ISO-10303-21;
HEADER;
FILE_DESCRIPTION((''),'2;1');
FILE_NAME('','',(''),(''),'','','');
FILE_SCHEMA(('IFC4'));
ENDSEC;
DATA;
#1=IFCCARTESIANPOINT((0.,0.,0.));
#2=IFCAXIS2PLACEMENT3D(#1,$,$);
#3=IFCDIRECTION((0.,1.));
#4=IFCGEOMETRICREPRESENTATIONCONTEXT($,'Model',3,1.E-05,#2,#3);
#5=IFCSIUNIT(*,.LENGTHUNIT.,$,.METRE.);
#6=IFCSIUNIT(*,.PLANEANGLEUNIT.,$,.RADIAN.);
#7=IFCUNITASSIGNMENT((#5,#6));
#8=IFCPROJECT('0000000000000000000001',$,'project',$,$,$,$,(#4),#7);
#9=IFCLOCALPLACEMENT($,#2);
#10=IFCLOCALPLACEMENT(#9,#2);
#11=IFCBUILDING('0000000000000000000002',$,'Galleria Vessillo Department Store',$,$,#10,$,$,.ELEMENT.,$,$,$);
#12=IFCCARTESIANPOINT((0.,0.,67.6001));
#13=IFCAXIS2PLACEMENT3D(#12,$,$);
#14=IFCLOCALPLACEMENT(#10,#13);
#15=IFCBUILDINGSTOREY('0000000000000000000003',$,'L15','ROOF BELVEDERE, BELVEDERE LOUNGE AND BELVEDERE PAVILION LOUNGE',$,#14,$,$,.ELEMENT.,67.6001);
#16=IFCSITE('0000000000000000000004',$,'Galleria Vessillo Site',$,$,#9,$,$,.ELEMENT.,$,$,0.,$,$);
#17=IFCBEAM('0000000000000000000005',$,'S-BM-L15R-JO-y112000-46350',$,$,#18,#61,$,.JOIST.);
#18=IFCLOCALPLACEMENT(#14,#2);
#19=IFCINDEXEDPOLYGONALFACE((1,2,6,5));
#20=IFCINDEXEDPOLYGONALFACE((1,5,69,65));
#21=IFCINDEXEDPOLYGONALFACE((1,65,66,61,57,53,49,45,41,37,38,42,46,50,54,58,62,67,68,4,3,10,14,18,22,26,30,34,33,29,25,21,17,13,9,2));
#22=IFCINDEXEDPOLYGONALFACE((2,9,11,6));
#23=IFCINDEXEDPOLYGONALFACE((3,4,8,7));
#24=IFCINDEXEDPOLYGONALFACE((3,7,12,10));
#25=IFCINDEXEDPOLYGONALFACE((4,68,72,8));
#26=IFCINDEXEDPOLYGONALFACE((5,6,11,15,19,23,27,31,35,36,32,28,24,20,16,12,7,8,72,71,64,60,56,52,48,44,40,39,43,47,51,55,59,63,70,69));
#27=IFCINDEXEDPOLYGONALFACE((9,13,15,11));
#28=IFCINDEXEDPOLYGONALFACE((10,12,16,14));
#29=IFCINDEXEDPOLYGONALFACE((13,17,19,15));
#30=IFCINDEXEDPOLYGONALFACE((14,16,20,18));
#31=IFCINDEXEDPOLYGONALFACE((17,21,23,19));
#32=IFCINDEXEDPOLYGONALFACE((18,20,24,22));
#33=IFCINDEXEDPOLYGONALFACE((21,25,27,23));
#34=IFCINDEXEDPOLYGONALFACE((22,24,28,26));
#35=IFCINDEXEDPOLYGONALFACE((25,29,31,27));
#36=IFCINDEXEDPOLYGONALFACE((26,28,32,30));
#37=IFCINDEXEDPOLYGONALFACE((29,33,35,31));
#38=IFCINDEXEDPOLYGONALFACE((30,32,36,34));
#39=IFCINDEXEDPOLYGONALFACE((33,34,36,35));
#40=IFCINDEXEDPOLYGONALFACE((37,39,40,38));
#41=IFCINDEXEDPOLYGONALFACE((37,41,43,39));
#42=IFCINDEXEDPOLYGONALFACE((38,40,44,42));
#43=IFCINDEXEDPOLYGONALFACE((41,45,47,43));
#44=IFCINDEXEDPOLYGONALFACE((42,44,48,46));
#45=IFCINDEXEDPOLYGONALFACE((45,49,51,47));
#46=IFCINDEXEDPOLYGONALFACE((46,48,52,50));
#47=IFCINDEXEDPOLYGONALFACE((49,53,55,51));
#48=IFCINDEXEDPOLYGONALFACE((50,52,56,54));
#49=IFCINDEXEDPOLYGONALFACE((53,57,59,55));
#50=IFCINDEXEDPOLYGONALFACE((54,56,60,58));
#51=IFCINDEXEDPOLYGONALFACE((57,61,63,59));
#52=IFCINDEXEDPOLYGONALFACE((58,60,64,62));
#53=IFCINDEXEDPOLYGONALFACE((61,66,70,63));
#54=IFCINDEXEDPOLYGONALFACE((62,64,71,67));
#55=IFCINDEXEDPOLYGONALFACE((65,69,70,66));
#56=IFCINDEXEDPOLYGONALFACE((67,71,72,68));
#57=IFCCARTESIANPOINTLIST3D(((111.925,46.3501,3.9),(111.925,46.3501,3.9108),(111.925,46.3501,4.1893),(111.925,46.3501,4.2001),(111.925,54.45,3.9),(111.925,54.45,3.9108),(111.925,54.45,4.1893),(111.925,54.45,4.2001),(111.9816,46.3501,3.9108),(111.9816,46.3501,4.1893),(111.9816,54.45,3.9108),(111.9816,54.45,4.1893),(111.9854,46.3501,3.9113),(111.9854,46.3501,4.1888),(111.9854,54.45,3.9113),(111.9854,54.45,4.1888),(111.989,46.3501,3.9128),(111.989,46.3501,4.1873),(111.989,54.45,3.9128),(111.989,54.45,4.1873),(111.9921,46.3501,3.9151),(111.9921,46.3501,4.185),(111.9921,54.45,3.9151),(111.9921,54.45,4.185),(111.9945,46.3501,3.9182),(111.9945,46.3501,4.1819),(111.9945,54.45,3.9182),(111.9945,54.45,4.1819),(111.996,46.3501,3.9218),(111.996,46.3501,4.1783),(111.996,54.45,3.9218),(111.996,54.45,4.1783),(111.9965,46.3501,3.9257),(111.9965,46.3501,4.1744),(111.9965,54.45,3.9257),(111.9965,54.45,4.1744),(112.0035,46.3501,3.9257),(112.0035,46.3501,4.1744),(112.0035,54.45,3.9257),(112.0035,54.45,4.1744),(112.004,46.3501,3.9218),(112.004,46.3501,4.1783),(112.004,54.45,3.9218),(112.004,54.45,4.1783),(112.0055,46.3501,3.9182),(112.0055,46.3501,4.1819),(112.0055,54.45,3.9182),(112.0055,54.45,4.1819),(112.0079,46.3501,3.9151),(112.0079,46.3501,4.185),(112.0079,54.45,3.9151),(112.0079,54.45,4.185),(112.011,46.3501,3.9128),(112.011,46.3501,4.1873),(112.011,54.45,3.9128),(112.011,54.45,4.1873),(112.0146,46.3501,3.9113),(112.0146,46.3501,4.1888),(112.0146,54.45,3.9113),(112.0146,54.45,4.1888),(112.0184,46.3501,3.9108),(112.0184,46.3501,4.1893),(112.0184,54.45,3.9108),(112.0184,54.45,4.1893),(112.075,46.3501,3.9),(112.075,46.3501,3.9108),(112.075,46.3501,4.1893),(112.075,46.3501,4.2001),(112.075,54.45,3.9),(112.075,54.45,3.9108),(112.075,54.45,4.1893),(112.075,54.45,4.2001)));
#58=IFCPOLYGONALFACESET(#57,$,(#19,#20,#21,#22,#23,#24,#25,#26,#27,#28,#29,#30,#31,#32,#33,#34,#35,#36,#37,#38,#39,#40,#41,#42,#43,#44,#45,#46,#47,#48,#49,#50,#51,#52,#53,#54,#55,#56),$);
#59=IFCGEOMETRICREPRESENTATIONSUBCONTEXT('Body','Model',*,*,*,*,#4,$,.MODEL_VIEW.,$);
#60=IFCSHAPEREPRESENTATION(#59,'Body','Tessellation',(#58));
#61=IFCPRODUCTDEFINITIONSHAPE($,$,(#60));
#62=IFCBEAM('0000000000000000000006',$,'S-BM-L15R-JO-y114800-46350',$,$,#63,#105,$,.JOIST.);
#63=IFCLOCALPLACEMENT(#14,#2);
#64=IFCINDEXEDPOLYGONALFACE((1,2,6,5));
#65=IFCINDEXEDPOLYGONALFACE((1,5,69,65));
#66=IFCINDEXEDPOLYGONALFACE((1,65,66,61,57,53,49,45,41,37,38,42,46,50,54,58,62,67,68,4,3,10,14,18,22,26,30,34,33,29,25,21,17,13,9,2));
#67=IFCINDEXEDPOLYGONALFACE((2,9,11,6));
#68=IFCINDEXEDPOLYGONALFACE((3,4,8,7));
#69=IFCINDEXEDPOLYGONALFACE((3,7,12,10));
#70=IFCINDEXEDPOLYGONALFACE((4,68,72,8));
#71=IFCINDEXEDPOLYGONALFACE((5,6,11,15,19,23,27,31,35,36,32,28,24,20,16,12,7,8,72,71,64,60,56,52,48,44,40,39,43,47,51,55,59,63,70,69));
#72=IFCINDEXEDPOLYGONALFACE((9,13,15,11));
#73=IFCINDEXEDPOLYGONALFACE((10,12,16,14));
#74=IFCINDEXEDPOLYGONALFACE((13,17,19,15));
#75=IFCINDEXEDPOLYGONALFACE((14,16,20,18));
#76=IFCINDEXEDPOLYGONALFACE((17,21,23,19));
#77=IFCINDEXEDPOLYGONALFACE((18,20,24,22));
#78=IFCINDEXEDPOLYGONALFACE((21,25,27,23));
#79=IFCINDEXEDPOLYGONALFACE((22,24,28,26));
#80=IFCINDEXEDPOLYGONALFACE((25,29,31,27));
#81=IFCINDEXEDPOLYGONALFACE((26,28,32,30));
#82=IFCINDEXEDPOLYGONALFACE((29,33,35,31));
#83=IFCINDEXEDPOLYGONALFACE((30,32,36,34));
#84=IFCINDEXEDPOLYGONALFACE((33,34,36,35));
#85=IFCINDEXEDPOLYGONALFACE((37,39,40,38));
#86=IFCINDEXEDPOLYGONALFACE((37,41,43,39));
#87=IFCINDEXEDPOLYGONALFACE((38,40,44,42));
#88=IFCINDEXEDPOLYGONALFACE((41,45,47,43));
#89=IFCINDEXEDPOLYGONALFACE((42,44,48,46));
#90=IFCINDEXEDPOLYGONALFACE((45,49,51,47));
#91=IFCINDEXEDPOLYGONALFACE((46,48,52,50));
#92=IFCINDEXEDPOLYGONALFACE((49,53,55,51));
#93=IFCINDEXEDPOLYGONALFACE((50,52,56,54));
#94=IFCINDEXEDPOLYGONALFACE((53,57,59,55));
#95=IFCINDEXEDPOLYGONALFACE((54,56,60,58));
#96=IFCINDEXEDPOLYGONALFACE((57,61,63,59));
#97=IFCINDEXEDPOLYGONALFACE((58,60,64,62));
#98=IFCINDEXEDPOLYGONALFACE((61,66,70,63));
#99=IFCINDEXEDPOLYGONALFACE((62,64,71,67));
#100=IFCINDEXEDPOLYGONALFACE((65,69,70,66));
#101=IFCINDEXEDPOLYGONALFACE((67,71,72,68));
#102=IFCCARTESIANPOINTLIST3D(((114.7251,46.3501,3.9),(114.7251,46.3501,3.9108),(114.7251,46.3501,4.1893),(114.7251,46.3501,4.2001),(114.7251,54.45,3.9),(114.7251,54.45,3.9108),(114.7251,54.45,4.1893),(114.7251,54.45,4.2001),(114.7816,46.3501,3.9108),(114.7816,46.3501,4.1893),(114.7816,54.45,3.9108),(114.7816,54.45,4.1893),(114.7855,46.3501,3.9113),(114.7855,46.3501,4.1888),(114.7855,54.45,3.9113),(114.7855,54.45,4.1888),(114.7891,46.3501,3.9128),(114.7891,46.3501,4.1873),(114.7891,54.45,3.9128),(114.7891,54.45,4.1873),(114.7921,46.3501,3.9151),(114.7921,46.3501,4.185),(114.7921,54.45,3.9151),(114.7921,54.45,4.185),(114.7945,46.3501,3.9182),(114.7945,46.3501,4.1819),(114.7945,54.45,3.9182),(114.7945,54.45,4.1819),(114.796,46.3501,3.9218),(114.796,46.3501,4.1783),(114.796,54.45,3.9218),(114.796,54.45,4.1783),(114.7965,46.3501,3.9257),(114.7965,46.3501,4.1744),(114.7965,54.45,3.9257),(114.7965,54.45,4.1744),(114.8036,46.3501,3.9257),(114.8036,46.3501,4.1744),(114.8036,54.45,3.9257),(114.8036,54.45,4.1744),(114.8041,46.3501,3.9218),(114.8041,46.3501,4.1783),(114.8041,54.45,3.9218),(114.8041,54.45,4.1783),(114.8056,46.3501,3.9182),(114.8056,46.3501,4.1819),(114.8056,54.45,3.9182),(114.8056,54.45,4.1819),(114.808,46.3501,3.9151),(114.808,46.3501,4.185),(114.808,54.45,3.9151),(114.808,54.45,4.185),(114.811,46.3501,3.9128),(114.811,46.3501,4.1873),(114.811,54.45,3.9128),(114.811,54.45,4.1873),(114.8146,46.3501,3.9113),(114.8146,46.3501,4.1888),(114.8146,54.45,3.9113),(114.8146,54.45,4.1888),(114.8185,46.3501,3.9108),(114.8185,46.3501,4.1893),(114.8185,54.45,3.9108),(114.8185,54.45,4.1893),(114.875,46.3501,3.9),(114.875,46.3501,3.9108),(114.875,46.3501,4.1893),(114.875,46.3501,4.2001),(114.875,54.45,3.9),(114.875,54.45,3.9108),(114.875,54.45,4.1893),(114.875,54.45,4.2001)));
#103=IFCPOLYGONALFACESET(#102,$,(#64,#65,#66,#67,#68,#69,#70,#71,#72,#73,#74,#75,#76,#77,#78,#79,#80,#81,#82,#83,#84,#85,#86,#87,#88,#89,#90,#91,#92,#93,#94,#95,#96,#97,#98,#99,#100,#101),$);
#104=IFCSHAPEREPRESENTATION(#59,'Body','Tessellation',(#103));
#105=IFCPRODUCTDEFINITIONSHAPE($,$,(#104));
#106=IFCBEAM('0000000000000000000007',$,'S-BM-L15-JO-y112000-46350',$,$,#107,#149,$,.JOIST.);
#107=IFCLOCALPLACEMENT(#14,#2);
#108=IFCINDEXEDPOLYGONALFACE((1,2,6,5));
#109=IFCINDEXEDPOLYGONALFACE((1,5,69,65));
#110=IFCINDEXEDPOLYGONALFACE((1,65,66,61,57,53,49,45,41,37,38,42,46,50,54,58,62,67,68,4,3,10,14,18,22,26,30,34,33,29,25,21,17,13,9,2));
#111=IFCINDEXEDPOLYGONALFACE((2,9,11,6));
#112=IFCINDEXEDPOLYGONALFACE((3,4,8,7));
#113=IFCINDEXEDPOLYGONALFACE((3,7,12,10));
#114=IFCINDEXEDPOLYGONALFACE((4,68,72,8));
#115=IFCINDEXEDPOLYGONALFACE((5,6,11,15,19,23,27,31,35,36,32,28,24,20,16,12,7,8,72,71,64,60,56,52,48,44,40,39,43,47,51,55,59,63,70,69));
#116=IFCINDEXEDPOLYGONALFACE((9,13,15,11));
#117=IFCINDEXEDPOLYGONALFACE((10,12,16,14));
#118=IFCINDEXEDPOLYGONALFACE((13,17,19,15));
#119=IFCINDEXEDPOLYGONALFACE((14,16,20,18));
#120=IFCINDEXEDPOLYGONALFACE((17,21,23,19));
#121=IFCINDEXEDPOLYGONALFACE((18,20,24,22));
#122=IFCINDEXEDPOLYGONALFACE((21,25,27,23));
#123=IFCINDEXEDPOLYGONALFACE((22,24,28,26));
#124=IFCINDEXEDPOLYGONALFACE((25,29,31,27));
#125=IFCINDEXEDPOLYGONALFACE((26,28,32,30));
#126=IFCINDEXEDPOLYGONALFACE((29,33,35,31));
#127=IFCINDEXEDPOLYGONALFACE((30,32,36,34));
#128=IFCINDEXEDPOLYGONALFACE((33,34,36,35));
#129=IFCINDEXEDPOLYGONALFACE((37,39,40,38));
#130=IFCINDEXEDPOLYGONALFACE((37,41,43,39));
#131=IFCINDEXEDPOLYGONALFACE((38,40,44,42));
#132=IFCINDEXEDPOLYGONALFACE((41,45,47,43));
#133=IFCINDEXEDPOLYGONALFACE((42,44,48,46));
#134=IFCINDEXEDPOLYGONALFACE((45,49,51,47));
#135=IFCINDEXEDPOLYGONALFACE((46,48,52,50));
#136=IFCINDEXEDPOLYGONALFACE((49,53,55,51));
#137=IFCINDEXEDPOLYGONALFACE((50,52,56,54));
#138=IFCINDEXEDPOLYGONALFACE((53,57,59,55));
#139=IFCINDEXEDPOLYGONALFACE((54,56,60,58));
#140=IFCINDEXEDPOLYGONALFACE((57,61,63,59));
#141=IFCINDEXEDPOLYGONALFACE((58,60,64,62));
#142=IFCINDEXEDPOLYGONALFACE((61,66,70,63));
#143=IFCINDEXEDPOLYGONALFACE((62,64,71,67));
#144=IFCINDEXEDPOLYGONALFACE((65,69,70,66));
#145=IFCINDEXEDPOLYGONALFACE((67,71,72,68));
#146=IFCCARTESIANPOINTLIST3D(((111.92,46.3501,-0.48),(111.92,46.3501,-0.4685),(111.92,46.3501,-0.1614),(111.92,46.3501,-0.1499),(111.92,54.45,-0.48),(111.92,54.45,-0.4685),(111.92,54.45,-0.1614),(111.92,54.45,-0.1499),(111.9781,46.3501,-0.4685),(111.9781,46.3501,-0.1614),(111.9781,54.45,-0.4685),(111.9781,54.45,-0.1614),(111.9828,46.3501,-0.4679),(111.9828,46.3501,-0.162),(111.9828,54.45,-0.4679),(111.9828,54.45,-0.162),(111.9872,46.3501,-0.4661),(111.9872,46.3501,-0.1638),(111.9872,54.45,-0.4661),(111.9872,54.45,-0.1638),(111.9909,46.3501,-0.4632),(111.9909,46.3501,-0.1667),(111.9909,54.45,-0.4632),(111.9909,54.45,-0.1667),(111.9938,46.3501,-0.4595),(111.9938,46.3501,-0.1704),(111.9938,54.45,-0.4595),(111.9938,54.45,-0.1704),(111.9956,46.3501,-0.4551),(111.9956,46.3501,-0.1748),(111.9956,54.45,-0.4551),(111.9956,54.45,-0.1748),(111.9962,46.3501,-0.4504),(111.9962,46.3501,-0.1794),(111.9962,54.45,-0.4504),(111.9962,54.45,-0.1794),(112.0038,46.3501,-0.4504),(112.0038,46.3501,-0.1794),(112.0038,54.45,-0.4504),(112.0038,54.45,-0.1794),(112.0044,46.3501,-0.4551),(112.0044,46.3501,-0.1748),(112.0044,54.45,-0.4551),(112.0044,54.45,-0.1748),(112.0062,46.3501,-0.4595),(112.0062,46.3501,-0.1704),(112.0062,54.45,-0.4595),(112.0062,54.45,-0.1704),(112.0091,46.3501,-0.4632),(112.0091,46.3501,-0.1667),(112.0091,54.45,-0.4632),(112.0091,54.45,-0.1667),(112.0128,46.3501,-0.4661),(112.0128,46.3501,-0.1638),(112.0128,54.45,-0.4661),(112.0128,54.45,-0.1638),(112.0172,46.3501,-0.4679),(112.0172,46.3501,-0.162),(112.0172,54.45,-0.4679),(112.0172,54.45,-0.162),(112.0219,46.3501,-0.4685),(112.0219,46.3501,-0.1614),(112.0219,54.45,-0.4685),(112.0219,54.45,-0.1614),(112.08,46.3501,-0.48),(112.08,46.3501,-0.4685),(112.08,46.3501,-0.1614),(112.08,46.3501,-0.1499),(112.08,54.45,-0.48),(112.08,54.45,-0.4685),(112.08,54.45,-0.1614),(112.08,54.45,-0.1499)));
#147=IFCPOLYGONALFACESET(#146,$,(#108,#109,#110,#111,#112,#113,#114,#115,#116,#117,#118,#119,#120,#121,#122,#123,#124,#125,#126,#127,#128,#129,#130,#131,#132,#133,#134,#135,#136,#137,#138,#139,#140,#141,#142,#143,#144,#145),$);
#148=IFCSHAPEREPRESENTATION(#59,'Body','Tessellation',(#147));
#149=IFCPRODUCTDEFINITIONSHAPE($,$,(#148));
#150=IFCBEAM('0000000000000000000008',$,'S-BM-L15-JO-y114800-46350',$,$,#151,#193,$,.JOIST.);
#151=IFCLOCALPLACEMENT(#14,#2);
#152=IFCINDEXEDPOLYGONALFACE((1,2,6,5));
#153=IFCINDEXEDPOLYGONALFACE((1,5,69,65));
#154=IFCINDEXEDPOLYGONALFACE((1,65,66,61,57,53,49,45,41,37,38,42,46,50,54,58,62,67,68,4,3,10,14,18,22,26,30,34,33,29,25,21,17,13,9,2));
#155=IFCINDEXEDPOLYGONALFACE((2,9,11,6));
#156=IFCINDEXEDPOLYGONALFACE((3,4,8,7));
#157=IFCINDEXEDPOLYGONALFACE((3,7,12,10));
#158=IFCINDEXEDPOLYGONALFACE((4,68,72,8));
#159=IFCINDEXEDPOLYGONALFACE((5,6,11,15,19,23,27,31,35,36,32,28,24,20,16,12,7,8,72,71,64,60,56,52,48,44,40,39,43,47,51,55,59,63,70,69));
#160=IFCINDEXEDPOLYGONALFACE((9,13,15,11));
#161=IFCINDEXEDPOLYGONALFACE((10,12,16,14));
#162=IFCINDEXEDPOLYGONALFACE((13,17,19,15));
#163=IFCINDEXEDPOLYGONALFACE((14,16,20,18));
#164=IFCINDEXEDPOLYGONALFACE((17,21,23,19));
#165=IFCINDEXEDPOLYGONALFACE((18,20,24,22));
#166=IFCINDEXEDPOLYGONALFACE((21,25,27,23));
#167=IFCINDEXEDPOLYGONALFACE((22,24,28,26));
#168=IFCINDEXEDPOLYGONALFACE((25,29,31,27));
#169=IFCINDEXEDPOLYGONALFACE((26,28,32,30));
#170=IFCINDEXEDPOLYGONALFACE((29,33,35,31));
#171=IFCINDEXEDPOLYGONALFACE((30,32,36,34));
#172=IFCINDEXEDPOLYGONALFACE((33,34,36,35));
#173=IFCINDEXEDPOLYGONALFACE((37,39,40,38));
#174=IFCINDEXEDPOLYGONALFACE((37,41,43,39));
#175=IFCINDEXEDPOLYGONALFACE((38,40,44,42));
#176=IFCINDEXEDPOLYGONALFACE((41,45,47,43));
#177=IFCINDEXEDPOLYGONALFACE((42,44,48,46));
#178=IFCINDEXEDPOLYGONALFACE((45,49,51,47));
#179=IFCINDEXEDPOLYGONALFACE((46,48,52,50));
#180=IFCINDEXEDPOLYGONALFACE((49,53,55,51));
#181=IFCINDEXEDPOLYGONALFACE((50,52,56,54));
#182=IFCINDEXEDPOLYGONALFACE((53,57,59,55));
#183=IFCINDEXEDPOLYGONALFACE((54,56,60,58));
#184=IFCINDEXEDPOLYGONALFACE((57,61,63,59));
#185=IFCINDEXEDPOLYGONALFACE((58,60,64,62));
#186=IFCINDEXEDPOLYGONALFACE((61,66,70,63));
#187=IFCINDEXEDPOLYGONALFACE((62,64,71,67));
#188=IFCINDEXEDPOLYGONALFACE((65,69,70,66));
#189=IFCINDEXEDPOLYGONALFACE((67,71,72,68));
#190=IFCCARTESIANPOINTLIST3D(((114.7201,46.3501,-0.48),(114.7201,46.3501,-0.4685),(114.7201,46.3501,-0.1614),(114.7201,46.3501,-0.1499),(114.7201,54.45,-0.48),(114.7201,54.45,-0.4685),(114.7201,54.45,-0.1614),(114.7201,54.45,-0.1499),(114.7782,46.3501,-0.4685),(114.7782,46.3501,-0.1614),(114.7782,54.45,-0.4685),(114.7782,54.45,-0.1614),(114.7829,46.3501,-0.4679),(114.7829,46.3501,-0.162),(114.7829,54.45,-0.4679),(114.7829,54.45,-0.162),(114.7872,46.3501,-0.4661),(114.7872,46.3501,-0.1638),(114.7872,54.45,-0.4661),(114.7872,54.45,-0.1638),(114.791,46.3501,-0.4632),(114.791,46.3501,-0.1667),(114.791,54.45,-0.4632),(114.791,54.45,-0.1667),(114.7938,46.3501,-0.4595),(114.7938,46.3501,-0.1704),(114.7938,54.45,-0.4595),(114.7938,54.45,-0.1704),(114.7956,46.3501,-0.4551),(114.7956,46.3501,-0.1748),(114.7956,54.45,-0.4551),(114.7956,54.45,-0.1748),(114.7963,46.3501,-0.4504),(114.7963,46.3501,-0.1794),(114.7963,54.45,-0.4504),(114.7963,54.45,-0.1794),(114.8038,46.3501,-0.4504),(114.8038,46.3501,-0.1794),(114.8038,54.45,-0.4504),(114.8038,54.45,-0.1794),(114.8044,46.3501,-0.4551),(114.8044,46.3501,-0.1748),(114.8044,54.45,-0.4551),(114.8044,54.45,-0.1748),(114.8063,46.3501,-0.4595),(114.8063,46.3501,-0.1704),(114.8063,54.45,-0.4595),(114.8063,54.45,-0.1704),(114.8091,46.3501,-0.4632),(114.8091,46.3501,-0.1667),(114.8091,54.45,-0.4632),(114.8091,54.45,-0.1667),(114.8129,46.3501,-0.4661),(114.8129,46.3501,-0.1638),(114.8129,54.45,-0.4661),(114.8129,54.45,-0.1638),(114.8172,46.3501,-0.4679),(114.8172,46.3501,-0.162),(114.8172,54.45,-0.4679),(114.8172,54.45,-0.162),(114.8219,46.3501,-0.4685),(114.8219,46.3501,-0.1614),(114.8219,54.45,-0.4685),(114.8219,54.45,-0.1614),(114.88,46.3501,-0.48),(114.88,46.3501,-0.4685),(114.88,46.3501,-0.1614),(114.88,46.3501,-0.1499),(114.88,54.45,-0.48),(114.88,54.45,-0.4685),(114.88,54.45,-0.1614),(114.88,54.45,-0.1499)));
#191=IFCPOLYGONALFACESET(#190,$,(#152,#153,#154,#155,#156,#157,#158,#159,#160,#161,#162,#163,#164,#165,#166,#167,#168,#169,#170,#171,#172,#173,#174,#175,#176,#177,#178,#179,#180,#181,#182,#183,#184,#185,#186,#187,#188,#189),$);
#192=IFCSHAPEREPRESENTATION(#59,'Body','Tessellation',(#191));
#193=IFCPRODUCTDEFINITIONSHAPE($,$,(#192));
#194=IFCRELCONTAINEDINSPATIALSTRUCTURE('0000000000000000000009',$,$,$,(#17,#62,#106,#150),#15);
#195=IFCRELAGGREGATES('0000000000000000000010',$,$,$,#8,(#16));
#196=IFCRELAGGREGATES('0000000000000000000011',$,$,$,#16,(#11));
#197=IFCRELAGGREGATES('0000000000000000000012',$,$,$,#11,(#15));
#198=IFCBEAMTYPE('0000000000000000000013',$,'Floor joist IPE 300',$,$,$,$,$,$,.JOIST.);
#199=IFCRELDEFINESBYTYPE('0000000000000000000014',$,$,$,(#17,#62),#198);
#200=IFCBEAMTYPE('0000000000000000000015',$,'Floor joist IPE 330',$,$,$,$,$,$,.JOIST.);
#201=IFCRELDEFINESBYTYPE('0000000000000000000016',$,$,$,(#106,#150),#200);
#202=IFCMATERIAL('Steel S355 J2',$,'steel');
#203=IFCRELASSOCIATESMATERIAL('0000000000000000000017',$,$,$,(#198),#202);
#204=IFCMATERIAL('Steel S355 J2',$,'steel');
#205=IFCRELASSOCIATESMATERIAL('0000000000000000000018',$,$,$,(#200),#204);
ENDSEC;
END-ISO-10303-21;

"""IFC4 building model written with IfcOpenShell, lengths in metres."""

from ifc_helpers import new_model, si_unit, direction, frame, origin, origin_2d, place, context, subcontext, project, spatial, i_section, extrude, material, material_profile, profile_set, type_object, element, save


model = new_model("IFC4")

# Units and contexts
model_context = context("Model", 3, precision=1e-05, world=origin(), true_north=direction((0.0, 1.0)))
body_context = subcontext(model_context, "Body", "Model", "MODEL_VIEW")
ifc_project = project(units=[si_unit("LENGTHUNIT", "METRE"), si_unit("PLANEANGLEUNIT", "RADIAN")], contexts=[model_context])

# Site, building, storey
site_placement = place(None, origin())
site = spatial("IfcSite", under=ifc_project, at=site_placement, Name="Galleria Vessillo Site", CompositionType="ELEMENT", RefElevation=0.0)
building_placement = place(site_placement, origin())
building = spatial("IfcBuilding", under=site, at=building_placement, Name="Galleria Vessillo Department Store", CompositionType="ELEMENT")
storey_placement = place(building_placement, frame((0.0, 0.0, 67.6001)))
storey = spatial("IfcBuildingStorey", under=building, at=storey_placement, Name="L15", Description="ROOF BELVEDERE, BELVEDERE LOUNGE AND BELVEDERE PAVILION LOUNGE", CompositionType="ELEMENT", Elevation=67.6001)

# Beams
ifc_material_1 = material(Name="Steel S355 J2", Category="steel")
ifc_material_profile_1 = material_profile(ifc_material_1, i_section(OverallWidth=0.1499, OverallDepth=0.3, WebThickness=0.0071, FlangeThickness=0.0107, FilletRadius=0.0149, at=origin_2d()), Name="IPE 300")
ifc_profile_set_1 = profile_set([ifc_material_profile_1], Name="Steel S355 J2")
beam_type_1 = type_object("IfcBeamType", Name="Floor joist IPE 300", PredefinedType="JOIST", material=ifc_profile_set_1)
for number, where, z_axis, x_axis, name in (
    (1, (112.0, 46.3501, 4.05), (0.0, 1.0, 0.0), (-1.0, 0.0, 0.0), "S-BM-L15R-JO-y112000-46350"),
    (2, (114.8, 46.3501, 4.05), (0.0, 1.0, 0.0), (-1.0, 0.0, 0.0), "S-BM-L15R-JO-y114800-46350"),
):
    element("IfcBeam", number, at=place(storey_placement, frame(where, z_axis=z_axis, x_axis=x_axis)), inside=storey, type_object=beam_type_1, Name=name, PredefinedType="JOIST", context=body_context, shape_type="SweptSolid", body=[
        extrude(i_section(OverallWidth=0.1499, OverallDepth=0.3, WebThickness=0.0071, FlangeThickness=0.0107, FilletRadius=0.0149, at=origin_2d()), origin(), (0.0, 0.0, 1.0), 8.0999),
    ])
ifc_material_2 = material(Name="Steel S355 J2", Category="steel")
ifc_material_profile_2 = material_profile(ifc_material_2, i_section(OverallWidth=0.1599, OverallDepth=0.3301, WebThickness=0.0076, FlangeThickness=0.0115, FilletRadius=0.0181, at=origin_2d()), Name="IPE 330")
ifc_profile_set_2 = profile_set([ifc_material_profile_2], Name="Steel S355 J2")
beam_type_2 = type_object("IfcBeamType", Name="Floor joist IPE 330", PredefinedType="JOIST", material=ifc_profile_set_2)
for number, where, z_axis, x_axis, name in (
    (3, (112.0, 46.3501, -0.3149), (0.0, 1.0, 0.0), (-1.0, 0.0, 0.0), "S-BM-L15-JO-y112000-46350"),
    (4, (114.8, 46.3501, -0.3149), (0.0, 1.0, 0.0), (-1.0, 0.0, 0.0), "S-BM-L15-JO-y114800-46350"),
):
    element("IfcBeam", number, at=place(storey_placement, frame(where, z_axis=z_axis, x_axis=x_axis)), inside=storey, type_object=beam_type_2, Name=name, PredefinedType="JOIST", context=body_context, shape_type="SweptSolid", body=[
        extrude(i_section(OverallWidth=0.1599, OverallDepth=0.3301, WebThickness=0.0076, FlangeThickness=0.0115, FilletRadius=0.0181, at=origin_2d()), origin(), (0.0, 0.0, 1.0), 8.0999),
    ])

save(model, "model.ifc")
